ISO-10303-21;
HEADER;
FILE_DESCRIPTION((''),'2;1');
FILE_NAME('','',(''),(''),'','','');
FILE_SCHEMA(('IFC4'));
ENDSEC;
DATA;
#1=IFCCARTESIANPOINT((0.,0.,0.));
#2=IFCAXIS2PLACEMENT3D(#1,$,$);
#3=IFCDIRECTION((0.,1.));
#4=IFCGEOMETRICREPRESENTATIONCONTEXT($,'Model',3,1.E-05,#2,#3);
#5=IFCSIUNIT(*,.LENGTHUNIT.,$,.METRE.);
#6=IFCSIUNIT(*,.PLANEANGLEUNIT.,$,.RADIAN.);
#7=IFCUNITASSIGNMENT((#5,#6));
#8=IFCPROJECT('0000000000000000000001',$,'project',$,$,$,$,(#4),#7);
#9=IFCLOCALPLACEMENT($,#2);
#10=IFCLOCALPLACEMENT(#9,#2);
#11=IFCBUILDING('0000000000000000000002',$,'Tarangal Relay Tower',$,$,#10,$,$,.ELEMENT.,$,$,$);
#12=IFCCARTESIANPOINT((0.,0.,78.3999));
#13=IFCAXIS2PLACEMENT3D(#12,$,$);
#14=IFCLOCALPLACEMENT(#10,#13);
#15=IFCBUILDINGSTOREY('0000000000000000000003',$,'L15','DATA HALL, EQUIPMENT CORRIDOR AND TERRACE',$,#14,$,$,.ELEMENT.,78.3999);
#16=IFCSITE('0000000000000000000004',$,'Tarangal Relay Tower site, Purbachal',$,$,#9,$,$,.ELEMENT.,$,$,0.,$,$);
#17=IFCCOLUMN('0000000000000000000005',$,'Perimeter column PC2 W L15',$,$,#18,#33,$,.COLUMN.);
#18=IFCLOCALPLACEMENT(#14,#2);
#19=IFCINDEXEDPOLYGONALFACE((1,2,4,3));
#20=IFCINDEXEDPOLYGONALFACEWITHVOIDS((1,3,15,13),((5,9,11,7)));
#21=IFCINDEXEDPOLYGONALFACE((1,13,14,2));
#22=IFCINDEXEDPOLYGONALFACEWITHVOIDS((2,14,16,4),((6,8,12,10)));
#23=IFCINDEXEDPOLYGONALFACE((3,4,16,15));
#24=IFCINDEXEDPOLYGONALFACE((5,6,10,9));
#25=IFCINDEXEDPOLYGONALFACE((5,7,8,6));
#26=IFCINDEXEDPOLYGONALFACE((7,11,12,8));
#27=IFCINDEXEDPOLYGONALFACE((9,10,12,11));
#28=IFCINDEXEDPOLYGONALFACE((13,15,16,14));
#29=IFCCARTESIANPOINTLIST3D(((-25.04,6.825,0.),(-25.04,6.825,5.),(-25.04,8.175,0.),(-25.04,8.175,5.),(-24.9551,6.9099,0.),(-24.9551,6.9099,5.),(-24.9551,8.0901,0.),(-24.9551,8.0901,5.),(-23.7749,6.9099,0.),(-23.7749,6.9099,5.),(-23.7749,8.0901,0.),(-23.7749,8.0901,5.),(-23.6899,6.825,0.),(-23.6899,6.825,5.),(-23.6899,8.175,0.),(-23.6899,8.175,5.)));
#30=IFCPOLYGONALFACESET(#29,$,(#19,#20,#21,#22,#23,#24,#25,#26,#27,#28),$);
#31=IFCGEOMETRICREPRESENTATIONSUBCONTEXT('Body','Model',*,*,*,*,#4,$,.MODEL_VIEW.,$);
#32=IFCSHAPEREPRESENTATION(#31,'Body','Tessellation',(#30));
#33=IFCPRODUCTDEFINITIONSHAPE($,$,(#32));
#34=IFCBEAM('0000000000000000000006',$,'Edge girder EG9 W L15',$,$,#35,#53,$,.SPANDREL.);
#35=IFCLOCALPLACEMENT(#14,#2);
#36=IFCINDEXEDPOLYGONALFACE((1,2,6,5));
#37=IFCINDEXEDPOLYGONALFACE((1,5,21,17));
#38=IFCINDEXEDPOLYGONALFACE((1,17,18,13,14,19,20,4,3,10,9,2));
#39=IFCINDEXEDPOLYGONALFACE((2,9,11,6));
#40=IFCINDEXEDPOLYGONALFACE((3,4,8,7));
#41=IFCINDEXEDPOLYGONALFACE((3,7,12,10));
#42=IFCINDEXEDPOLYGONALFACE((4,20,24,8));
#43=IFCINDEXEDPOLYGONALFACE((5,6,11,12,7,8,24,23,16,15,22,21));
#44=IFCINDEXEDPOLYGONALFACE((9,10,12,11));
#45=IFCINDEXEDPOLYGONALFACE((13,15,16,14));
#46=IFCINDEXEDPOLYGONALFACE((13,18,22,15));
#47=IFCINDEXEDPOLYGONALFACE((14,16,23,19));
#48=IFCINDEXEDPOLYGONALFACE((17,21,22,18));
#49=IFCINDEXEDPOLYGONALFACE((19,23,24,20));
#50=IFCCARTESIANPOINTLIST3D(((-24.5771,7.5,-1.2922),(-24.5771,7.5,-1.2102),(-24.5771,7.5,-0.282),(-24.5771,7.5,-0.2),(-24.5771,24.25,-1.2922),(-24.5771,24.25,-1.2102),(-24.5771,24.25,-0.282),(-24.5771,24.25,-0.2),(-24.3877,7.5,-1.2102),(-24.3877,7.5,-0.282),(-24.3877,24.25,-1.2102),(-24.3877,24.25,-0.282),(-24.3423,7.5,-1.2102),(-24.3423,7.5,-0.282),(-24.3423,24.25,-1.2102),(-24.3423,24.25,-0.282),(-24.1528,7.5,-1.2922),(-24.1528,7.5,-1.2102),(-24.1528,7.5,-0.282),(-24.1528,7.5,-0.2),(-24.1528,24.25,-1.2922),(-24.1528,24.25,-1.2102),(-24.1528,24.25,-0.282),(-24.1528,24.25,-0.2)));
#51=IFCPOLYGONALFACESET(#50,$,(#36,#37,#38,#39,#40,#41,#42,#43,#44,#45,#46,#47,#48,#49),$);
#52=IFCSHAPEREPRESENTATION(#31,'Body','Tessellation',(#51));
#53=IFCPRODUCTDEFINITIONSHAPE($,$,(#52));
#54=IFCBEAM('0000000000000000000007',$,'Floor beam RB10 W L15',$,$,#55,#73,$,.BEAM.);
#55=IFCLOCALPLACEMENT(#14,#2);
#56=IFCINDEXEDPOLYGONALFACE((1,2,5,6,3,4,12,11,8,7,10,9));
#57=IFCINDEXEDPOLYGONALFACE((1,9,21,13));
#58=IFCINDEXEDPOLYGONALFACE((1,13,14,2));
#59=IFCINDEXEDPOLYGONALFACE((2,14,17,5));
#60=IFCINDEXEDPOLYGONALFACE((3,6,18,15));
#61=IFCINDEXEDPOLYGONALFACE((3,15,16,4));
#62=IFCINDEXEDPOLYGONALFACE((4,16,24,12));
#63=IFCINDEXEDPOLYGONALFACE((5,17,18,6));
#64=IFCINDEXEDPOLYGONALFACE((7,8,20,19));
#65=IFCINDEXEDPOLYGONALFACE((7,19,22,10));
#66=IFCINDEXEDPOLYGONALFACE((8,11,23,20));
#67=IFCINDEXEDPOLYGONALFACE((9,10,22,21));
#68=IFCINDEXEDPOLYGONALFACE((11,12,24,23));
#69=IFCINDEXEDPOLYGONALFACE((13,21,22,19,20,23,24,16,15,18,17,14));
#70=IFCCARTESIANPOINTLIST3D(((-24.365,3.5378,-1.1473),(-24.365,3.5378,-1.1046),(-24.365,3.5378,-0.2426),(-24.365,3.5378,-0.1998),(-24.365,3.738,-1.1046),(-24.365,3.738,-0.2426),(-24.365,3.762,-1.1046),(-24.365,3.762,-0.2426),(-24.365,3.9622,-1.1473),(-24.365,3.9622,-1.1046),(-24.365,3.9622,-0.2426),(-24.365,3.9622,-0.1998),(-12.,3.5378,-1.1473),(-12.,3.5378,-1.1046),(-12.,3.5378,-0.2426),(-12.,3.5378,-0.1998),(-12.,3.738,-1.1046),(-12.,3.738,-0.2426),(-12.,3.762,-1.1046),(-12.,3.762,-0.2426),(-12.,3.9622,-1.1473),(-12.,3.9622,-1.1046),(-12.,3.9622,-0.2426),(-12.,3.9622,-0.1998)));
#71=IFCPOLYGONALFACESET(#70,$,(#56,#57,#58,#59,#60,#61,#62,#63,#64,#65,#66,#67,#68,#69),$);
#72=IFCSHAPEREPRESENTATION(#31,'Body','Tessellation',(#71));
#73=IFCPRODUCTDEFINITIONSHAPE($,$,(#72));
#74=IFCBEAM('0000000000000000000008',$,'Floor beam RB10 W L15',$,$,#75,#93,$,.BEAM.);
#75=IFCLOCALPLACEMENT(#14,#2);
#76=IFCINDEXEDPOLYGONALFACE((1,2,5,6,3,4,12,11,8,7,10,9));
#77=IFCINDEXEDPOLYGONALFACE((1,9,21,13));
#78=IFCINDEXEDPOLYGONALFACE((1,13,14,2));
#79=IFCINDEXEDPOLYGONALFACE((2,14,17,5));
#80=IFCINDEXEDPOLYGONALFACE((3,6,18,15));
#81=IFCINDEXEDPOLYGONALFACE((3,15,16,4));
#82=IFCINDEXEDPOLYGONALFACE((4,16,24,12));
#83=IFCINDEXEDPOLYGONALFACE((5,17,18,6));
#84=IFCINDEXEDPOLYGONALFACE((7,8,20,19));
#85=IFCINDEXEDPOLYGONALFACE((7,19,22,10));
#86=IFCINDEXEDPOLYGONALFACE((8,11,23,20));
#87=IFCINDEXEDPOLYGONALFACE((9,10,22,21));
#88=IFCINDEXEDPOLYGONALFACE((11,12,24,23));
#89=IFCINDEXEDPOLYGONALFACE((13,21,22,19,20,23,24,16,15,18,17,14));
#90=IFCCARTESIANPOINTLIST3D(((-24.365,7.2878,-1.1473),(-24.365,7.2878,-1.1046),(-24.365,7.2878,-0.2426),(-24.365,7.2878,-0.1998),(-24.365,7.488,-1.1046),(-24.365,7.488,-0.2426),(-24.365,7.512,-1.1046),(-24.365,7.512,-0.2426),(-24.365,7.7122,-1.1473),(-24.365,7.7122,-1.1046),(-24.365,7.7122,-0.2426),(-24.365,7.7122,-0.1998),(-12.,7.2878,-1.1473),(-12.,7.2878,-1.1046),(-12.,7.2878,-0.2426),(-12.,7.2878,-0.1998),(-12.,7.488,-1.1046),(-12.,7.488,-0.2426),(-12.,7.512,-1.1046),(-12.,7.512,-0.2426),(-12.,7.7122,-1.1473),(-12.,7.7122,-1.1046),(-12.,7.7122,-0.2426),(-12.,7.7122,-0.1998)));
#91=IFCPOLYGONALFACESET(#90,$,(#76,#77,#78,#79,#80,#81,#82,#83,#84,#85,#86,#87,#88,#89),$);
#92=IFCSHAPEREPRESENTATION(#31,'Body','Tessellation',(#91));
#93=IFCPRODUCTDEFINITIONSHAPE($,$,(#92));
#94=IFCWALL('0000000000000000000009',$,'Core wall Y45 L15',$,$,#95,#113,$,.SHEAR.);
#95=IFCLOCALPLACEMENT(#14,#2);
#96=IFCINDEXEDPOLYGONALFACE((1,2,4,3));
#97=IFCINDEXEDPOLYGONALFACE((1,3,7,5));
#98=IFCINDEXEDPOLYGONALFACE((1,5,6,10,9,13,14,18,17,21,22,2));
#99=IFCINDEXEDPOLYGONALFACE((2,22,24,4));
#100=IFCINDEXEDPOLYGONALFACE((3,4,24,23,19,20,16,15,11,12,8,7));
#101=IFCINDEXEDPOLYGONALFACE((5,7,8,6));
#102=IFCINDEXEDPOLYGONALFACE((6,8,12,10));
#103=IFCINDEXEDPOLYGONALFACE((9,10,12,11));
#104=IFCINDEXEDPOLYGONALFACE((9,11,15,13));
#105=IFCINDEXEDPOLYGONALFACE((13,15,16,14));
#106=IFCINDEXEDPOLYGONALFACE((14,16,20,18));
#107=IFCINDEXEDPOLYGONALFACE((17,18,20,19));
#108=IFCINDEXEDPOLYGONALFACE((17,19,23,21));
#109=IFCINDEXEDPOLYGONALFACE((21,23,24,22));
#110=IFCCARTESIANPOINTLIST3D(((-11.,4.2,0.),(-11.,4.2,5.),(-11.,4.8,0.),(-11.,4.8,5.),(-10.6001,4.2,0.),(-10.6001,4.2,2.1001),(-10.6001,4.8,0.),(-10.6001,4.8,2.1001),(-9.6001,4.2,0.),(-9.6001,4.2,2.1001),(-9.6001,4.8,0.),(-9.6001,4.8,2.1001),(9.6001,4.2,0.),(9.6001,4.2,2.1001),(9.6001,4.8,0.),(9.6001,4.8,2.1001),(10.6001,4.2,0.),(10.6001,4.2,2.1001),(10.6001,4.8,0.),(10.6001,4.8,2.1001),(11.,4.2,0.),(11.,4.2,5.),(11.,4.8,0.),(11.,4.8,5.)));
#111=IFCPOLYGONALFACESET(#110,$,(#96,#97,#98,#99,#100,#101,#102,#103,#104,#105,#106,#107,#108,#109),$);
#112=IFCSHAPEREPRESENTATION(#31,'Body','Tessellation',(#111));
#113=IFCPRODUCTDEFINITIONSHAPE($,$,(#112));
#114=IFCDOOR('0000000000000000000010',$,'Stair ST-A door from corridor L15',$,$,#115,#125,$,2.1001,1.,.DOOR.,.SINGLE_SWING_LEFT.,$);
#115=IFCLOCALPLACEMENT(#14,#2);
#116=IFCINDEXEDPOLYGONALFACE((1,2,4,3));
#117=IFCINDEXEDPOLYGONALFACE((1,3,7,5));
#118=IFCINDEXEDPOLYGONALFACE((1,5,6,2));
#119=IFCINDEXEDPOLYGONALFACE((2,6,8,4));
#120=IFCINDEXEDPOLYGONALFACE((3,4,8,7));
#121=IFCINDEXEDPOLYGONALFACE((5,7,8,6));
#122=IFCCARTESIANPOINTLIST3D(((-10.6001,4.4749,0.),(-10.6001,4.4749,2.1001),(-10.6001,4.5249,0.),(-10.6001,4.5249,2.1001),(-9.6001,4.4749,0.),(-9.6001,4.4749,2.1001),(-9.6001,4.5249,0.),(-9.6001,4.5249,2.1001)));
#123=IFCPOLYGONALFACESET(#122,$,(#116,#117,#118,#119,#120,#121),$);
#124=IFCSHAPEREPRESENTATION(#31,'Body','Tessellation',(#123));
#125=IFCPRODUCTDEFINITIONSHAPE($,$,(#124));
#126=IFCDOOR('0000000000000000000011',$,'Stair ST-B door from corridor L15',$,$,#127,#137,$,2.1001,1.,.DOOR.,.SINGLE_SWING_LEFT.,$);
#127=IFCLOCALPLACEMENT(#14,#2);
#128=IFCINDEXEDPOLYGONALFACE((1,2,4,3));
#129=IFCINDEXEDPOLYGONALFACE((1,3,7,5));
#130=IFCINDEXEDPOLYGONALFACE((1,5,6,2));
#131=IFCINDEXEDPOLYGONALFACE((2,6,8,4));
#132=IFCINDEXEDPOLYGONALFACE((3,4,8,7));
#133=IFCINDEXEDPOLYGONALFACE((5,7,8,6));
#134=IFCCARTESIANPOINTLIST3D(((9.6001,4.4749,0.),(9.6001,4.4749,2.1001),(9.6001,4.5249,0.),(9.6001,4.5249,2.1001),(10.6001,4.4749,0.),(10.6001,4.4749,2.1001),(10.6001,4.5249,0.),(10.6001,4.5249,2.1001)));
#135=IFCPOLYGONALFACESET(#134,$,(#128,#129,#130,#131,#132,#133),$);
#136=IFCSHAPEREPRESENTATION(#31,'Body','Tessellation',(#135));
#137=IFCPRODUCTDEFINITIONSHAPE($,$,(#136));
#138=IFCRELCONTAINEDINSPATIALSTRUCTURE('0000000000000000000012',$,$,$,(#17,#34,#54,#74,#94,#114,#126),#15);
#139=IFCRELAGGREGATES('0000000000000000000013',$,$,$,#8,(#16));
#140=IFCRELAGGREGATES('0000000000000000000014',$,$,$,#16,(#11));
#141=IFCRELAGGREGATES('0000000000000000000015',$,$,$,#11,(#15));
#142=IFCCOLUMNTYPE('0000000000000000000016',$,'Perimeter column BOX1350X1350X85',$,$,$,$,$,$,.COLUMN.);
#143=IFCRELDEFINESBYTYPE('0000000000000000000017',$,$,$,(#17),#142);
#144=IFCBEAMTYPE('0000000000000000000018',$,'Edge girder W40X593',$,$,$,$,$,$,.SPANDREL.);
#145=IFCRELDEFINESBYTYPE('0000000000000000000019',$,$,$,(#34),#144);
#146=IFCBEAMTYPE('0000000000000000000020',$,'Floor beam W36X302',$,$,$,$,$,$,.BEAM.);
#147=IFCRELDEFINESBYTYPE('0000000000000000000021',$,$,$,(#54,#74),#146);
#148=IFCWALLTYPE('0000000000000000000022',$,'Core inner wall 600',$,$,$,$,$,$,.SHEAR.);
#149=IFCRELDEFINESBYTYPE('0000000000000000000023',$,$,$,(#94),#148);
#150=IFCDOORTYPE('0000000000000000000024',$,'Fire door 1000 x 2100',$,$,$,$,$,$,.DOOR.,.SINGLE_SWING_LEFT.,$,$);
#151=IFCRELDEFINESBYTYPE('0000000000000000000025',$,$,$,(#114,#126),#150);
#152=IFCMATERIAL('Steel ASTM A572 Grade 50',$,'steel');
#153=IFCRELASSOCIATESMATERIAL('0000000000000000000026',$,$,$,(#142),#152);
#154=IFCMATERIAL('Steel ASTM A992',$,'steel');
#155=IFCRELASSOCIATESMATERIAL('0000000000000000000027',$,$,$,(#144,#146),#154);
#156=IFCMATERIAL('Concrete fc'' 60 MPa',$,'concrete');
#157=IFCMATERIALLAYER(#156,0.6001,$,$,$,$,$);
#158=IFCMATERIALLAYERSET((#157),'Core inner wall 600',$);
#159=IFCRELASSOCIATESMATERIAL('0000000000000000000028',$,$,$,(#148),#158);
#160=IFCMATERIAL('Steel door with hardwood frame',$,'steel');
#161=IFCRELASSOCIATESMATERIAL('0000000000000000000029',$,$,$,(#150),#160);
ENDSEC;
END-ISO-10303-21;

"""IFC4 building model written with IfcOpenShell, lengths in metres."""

from ifc_helpers import new_model, si_unit, direction, frame, frame_2d, origin, origin_2d, place, context, subcontext, project, spatial, rectangle, hollow_rectangle, i_section, extrude, material, layer, layer_set, material_profile, profile_set, type_object, element, fill, save


model = new_model("IFC4")

# Units and contexts
model_context = context("Model", 3, precision=1e-05, world=origin(), true_north=direction((0.0, 1.0)))
body_context = subcontext(model_context, "Body", "Model", "MODEL_VIEW")
ifc_project = project(units=[si_unit("LENGTHUNIT", "METRE"), si_unit("PLANEANGLEUNIT", "RADIAN")], contexts=[model_context])

# Site, building, storey
site_placement = place(None, origin())
site = spatial("IfcSite", under=ifc_project, at=site_placement, Name="Tarangal Relay Tower site, Purbachal", CompositionType="ELEMENT", RefElevation=0.0)
building_placement = place(site_placement, origin())
building = spatial("IfcBuilding", under=site, at=building_placement, Name="Tarangal Relay Tower", CompositionType="ELEMENT")
storey_placement = place(building_placement, frame((0.0, 0.0, 78.3999)))
storey = spatial("IfcBuildingStorey", under=building, at=storey_placement, Name="L15", Description="DATA HALL, EQUIPMENT CORRIDOR AND TERRACE", CompositionType="ELEMENT", Elevation=78.3999)

# Column
ifc_material_1 = material(Name="Steel ASTM A572 Grade 50", Category="steel")
ifc_material_profile_1 = material_profile(ifc_material_1, hollow_rectangle(XDim=1.3501, YDim=1.3501, WallThickness=0.085, at=origin_2d()), Name="BOX1350X1350X85")
ifc_profile_set_1 = profile_set([ifc_material_profile_1], Name="Steel ASTM A572 Grade 50")
column_type = type_object("IfcColumnType", Name="Perimeter column BOX1350X1350X85", PredefinedType="COLUMN", material=ifc_profile_set_1)
column_placement = place(storey_placement, frame((-24.365, 7.5, 0.0), z_axis=(0.0, 0.0, 1.0), x_axis=(1.0, 0.0, 0.0)))
element("IfcColumn", 1, at=column_placement, inside=storey, type_object=column_type, Name="Perimeter column PC2 W L15", PredefinedType="COLUMN", context=body_context, shape_type="SweptSolid", body=[
    extrude(hollow_rectangle(XDim=1.3501, YDim=1.3501, WallThickness=0.085, at=origin_2d()), origin(), (0.0, 0.0, 1.0), 5.0),
])

# Beams
ifc_material_2 = material(Name="Steel ASTM A992", Category="steel")
ifc_material_profile_2 = material_profile(ifc_material_2, i_section(OverallWidth=0.4243, OverallDepth=1.0923, WebThickness=0.0454, FlangeThickness=0.082, at=origin_2d()), Name="W40X593")
ifc_profile_set_2 = profile_set([ifc_material_profile_2], Name="Steel ASTM A992")
beam_type_1 = type_object("IfcBeamType", Name="Edge girder W40X593", PredefinedType="SPANDREL", material=ifc_profile_set_2)
beam_placement = place(storey_placement, frame((-24.365, 7.5, -0.7461), z_axis=(0.0, 1.0, 0.0), x_axis=(-1.0, 0.0, 0.0)))
element("IfcBeam", 2, at=beam_placement, inside=storey, type_object=beam_type_1, Name="Edge girder EG9 W L15", PredefinedType="SPANDREL", context=body_context, shape_type="SweptSolid", body=[
    extrude(i_section(OverallWidth=0.4243, OverallDepth=1.0923, WebThickness=0.0454, FlangeThickness=0.082, at=origin_2d()), origin(), (0.0, 0.0, 1.0), 16.75),
])
ifc_material_profile_3 = material_profile(ifc_material_2, i_section(OverallWidth=0.4243, OverallDepth=0.9475, WebThickness=0.0239, FlangeThickness=0.0427, at=origin_2d()), Name="W36X302")
ifc_profile_set_3 = profile_set([ifc_material_profile_3], Name="Steel ASTM A992")
beam_type_2 = type_object("IfcBeamType", Name="Floor beam W36X302", PredefinedType="BEAM", material=ifc_profile_set_3)
for number, where, z_axis, x_axis, name in (
    (3, (-12.0, 3.75, -0.6736), (-1.0, 0.0, 0.0), (0.0, -1.0, 0.0), "Floor beam RB10 W L15"),
    (4, (-12.0, 7.5, -0.6736), (-1.0, 0.0, 0.0), (0.0, -1.0, 0.0), "Floor beam RB10 W L15"),
):
    element("IfcBeam", number, at=place(storey_placement, frame(where, z_axis=z_axis, x_axis=x_axis)), inside=storey, type_object=beam_type_2, Name=name, PredefinedType="BEAM", context=body_context, shape_type="SweptSolid", body=[
        extrude(i_section(OverallWidth=0.4243, OverallDepth=0.9475, WebThickness=0.0239, FlangeThickness=0.0427, at=origin_2d()), origin(), (0.0, 0.0, 1.0), 12.365),
    ])

# Wall, openings, doors
ifc_material_3 = material(Name="Concrete fc' 60 MPa", Category="concrete")
ifc_layer_1 = layer(ifc_material_3, 0.6001)
ifc_layer_set_1 = layer_set([ifc_layer_1], Name="Core inner wall 600")
wall_type_1 = type_object("IfcWallType", Name="Core inner wall 600", PredefinedType="SHEAR", material=ifc_layer_set_1)
wall_1_placement = place(storey_placement, frame((-11.0, 4.5, 0.0), z_axis=(0.0, 0.0, 1.0), x_axis=(1.0, 0.0, 0.0)))
wall_1 = element("IfcWall", 5, at=wall_1_placement, inside=storey, type_object=wall_type_1, Name="Core wall Y45 L15", PredefinedType="SHEAR", context=body_context, shape_type="SweptSolid", body=[
    extrude(rectangle(XDim=22.0, YDim=0.6001, at=frame_2d((11.0, 0.0))), origin(), (0.0, 0.0, 1.0), 5.0),
])
opening_1_placement = place(wall_1_placement, frame((0.3999, 0.0, 0.0)))
opening_1 = element("IfcOpeningElement", 6, at=opening_1_placement, cuts=wall_1, PredefinedType="OPENING", context=body_context, shape_type="SweptSolid", body=[
    extrude(rectangle(XDim=1.0, YDim=2.1001, at=frame_2d((0.5, 1.05))), frame((0.0, 0.3101, 0.0), z_axis=(0.0, -1.0, 0.0), x_axis=(1.0, 0.0, 0.0)), (0.0, 0.0, 1.0), 0.6201),
])
opening_2_placement = place(wall_1_placement, frame((20.6001, 0.0, 0.0)))
opening_2 = element("IfcOpeningElement", 7, at=opening_2_placement, cuts=wall_1, PredefinedType="OPENING", context=body_context, shape_type="SweptSolid", body=[
    extrude(rectangle(XDim=1.0, YDim=2.1001, at=frame_2d((0.5, 1.05))), frame((0.0, 0.3101, 0.0), z_axis=(0.0, -1.0, 0.0), x_axis=(1.0, 0.0, 0.0)), (0.0, 0.0, 1.0), 0.6201),
])
ifc_material_4 = material(Name="Steel door with hardwood frame", Category="steel")
door_type_1 = type_object("IfcDoorType", Name="Fire door 1000 x 2100", OperationType="SINGLE_SWING_LEFT", PredefinedType="DOOR", material=ifc_material_4)
door_1_placement = place(opening_1_placement, origin())
door_1 = element("IfcDoor", 8, at=door_1_placement, inside=storey, type_object=door_type_1, Name="Stair ST-A door from corridor L15", OperationType="SINGLE_SWING_LEFT", OverallHeight=2.1001, OverallWidth=1.0, PredefinedType="DOOR", context=body_context, shape_type="SweptSolid", body=[
    extrude(rectangle(XDim=1.0, YDim=2.1001, at=frame_2d((0.5, 1.05))), frame((0.0, 0.0249, 0.0), z_axis=(0.0, -1.0, 0.0), x_axis=(1.0, 0.0, 0.0)), (0.0, 0.0, 1.0), 0.05),
])
fill(opening_1, door_1)
door_2_placement = place(opening_2_placement, origin())
door_2 = element("IfcDoor", 9, at=door_2_placement, inside=storey, type_object=door_type_1, Name="Stair ST-B door from corridor L15", OperationType="SINGLE_SWING_LEFT", OverallHeight=2.1001, OverallWidth=1.0, PredefinedType="DOOR", context=body_context, shape_type="SweptSolid", body=[
    extrude(rectangle(XDim=1.0, YDim=2.1001, at=frame_2d((0.5, 1.05))), frame((0.0, 0.0249, 0.0), z_axis=(0.0, -1.0, 0.0), x_axis=(1.0, 0.0, 0.0)), (0.0, 0.0, 1.0), 0.05),
])
fill(opening_2, door_2)

save(model, "model.ifc")
